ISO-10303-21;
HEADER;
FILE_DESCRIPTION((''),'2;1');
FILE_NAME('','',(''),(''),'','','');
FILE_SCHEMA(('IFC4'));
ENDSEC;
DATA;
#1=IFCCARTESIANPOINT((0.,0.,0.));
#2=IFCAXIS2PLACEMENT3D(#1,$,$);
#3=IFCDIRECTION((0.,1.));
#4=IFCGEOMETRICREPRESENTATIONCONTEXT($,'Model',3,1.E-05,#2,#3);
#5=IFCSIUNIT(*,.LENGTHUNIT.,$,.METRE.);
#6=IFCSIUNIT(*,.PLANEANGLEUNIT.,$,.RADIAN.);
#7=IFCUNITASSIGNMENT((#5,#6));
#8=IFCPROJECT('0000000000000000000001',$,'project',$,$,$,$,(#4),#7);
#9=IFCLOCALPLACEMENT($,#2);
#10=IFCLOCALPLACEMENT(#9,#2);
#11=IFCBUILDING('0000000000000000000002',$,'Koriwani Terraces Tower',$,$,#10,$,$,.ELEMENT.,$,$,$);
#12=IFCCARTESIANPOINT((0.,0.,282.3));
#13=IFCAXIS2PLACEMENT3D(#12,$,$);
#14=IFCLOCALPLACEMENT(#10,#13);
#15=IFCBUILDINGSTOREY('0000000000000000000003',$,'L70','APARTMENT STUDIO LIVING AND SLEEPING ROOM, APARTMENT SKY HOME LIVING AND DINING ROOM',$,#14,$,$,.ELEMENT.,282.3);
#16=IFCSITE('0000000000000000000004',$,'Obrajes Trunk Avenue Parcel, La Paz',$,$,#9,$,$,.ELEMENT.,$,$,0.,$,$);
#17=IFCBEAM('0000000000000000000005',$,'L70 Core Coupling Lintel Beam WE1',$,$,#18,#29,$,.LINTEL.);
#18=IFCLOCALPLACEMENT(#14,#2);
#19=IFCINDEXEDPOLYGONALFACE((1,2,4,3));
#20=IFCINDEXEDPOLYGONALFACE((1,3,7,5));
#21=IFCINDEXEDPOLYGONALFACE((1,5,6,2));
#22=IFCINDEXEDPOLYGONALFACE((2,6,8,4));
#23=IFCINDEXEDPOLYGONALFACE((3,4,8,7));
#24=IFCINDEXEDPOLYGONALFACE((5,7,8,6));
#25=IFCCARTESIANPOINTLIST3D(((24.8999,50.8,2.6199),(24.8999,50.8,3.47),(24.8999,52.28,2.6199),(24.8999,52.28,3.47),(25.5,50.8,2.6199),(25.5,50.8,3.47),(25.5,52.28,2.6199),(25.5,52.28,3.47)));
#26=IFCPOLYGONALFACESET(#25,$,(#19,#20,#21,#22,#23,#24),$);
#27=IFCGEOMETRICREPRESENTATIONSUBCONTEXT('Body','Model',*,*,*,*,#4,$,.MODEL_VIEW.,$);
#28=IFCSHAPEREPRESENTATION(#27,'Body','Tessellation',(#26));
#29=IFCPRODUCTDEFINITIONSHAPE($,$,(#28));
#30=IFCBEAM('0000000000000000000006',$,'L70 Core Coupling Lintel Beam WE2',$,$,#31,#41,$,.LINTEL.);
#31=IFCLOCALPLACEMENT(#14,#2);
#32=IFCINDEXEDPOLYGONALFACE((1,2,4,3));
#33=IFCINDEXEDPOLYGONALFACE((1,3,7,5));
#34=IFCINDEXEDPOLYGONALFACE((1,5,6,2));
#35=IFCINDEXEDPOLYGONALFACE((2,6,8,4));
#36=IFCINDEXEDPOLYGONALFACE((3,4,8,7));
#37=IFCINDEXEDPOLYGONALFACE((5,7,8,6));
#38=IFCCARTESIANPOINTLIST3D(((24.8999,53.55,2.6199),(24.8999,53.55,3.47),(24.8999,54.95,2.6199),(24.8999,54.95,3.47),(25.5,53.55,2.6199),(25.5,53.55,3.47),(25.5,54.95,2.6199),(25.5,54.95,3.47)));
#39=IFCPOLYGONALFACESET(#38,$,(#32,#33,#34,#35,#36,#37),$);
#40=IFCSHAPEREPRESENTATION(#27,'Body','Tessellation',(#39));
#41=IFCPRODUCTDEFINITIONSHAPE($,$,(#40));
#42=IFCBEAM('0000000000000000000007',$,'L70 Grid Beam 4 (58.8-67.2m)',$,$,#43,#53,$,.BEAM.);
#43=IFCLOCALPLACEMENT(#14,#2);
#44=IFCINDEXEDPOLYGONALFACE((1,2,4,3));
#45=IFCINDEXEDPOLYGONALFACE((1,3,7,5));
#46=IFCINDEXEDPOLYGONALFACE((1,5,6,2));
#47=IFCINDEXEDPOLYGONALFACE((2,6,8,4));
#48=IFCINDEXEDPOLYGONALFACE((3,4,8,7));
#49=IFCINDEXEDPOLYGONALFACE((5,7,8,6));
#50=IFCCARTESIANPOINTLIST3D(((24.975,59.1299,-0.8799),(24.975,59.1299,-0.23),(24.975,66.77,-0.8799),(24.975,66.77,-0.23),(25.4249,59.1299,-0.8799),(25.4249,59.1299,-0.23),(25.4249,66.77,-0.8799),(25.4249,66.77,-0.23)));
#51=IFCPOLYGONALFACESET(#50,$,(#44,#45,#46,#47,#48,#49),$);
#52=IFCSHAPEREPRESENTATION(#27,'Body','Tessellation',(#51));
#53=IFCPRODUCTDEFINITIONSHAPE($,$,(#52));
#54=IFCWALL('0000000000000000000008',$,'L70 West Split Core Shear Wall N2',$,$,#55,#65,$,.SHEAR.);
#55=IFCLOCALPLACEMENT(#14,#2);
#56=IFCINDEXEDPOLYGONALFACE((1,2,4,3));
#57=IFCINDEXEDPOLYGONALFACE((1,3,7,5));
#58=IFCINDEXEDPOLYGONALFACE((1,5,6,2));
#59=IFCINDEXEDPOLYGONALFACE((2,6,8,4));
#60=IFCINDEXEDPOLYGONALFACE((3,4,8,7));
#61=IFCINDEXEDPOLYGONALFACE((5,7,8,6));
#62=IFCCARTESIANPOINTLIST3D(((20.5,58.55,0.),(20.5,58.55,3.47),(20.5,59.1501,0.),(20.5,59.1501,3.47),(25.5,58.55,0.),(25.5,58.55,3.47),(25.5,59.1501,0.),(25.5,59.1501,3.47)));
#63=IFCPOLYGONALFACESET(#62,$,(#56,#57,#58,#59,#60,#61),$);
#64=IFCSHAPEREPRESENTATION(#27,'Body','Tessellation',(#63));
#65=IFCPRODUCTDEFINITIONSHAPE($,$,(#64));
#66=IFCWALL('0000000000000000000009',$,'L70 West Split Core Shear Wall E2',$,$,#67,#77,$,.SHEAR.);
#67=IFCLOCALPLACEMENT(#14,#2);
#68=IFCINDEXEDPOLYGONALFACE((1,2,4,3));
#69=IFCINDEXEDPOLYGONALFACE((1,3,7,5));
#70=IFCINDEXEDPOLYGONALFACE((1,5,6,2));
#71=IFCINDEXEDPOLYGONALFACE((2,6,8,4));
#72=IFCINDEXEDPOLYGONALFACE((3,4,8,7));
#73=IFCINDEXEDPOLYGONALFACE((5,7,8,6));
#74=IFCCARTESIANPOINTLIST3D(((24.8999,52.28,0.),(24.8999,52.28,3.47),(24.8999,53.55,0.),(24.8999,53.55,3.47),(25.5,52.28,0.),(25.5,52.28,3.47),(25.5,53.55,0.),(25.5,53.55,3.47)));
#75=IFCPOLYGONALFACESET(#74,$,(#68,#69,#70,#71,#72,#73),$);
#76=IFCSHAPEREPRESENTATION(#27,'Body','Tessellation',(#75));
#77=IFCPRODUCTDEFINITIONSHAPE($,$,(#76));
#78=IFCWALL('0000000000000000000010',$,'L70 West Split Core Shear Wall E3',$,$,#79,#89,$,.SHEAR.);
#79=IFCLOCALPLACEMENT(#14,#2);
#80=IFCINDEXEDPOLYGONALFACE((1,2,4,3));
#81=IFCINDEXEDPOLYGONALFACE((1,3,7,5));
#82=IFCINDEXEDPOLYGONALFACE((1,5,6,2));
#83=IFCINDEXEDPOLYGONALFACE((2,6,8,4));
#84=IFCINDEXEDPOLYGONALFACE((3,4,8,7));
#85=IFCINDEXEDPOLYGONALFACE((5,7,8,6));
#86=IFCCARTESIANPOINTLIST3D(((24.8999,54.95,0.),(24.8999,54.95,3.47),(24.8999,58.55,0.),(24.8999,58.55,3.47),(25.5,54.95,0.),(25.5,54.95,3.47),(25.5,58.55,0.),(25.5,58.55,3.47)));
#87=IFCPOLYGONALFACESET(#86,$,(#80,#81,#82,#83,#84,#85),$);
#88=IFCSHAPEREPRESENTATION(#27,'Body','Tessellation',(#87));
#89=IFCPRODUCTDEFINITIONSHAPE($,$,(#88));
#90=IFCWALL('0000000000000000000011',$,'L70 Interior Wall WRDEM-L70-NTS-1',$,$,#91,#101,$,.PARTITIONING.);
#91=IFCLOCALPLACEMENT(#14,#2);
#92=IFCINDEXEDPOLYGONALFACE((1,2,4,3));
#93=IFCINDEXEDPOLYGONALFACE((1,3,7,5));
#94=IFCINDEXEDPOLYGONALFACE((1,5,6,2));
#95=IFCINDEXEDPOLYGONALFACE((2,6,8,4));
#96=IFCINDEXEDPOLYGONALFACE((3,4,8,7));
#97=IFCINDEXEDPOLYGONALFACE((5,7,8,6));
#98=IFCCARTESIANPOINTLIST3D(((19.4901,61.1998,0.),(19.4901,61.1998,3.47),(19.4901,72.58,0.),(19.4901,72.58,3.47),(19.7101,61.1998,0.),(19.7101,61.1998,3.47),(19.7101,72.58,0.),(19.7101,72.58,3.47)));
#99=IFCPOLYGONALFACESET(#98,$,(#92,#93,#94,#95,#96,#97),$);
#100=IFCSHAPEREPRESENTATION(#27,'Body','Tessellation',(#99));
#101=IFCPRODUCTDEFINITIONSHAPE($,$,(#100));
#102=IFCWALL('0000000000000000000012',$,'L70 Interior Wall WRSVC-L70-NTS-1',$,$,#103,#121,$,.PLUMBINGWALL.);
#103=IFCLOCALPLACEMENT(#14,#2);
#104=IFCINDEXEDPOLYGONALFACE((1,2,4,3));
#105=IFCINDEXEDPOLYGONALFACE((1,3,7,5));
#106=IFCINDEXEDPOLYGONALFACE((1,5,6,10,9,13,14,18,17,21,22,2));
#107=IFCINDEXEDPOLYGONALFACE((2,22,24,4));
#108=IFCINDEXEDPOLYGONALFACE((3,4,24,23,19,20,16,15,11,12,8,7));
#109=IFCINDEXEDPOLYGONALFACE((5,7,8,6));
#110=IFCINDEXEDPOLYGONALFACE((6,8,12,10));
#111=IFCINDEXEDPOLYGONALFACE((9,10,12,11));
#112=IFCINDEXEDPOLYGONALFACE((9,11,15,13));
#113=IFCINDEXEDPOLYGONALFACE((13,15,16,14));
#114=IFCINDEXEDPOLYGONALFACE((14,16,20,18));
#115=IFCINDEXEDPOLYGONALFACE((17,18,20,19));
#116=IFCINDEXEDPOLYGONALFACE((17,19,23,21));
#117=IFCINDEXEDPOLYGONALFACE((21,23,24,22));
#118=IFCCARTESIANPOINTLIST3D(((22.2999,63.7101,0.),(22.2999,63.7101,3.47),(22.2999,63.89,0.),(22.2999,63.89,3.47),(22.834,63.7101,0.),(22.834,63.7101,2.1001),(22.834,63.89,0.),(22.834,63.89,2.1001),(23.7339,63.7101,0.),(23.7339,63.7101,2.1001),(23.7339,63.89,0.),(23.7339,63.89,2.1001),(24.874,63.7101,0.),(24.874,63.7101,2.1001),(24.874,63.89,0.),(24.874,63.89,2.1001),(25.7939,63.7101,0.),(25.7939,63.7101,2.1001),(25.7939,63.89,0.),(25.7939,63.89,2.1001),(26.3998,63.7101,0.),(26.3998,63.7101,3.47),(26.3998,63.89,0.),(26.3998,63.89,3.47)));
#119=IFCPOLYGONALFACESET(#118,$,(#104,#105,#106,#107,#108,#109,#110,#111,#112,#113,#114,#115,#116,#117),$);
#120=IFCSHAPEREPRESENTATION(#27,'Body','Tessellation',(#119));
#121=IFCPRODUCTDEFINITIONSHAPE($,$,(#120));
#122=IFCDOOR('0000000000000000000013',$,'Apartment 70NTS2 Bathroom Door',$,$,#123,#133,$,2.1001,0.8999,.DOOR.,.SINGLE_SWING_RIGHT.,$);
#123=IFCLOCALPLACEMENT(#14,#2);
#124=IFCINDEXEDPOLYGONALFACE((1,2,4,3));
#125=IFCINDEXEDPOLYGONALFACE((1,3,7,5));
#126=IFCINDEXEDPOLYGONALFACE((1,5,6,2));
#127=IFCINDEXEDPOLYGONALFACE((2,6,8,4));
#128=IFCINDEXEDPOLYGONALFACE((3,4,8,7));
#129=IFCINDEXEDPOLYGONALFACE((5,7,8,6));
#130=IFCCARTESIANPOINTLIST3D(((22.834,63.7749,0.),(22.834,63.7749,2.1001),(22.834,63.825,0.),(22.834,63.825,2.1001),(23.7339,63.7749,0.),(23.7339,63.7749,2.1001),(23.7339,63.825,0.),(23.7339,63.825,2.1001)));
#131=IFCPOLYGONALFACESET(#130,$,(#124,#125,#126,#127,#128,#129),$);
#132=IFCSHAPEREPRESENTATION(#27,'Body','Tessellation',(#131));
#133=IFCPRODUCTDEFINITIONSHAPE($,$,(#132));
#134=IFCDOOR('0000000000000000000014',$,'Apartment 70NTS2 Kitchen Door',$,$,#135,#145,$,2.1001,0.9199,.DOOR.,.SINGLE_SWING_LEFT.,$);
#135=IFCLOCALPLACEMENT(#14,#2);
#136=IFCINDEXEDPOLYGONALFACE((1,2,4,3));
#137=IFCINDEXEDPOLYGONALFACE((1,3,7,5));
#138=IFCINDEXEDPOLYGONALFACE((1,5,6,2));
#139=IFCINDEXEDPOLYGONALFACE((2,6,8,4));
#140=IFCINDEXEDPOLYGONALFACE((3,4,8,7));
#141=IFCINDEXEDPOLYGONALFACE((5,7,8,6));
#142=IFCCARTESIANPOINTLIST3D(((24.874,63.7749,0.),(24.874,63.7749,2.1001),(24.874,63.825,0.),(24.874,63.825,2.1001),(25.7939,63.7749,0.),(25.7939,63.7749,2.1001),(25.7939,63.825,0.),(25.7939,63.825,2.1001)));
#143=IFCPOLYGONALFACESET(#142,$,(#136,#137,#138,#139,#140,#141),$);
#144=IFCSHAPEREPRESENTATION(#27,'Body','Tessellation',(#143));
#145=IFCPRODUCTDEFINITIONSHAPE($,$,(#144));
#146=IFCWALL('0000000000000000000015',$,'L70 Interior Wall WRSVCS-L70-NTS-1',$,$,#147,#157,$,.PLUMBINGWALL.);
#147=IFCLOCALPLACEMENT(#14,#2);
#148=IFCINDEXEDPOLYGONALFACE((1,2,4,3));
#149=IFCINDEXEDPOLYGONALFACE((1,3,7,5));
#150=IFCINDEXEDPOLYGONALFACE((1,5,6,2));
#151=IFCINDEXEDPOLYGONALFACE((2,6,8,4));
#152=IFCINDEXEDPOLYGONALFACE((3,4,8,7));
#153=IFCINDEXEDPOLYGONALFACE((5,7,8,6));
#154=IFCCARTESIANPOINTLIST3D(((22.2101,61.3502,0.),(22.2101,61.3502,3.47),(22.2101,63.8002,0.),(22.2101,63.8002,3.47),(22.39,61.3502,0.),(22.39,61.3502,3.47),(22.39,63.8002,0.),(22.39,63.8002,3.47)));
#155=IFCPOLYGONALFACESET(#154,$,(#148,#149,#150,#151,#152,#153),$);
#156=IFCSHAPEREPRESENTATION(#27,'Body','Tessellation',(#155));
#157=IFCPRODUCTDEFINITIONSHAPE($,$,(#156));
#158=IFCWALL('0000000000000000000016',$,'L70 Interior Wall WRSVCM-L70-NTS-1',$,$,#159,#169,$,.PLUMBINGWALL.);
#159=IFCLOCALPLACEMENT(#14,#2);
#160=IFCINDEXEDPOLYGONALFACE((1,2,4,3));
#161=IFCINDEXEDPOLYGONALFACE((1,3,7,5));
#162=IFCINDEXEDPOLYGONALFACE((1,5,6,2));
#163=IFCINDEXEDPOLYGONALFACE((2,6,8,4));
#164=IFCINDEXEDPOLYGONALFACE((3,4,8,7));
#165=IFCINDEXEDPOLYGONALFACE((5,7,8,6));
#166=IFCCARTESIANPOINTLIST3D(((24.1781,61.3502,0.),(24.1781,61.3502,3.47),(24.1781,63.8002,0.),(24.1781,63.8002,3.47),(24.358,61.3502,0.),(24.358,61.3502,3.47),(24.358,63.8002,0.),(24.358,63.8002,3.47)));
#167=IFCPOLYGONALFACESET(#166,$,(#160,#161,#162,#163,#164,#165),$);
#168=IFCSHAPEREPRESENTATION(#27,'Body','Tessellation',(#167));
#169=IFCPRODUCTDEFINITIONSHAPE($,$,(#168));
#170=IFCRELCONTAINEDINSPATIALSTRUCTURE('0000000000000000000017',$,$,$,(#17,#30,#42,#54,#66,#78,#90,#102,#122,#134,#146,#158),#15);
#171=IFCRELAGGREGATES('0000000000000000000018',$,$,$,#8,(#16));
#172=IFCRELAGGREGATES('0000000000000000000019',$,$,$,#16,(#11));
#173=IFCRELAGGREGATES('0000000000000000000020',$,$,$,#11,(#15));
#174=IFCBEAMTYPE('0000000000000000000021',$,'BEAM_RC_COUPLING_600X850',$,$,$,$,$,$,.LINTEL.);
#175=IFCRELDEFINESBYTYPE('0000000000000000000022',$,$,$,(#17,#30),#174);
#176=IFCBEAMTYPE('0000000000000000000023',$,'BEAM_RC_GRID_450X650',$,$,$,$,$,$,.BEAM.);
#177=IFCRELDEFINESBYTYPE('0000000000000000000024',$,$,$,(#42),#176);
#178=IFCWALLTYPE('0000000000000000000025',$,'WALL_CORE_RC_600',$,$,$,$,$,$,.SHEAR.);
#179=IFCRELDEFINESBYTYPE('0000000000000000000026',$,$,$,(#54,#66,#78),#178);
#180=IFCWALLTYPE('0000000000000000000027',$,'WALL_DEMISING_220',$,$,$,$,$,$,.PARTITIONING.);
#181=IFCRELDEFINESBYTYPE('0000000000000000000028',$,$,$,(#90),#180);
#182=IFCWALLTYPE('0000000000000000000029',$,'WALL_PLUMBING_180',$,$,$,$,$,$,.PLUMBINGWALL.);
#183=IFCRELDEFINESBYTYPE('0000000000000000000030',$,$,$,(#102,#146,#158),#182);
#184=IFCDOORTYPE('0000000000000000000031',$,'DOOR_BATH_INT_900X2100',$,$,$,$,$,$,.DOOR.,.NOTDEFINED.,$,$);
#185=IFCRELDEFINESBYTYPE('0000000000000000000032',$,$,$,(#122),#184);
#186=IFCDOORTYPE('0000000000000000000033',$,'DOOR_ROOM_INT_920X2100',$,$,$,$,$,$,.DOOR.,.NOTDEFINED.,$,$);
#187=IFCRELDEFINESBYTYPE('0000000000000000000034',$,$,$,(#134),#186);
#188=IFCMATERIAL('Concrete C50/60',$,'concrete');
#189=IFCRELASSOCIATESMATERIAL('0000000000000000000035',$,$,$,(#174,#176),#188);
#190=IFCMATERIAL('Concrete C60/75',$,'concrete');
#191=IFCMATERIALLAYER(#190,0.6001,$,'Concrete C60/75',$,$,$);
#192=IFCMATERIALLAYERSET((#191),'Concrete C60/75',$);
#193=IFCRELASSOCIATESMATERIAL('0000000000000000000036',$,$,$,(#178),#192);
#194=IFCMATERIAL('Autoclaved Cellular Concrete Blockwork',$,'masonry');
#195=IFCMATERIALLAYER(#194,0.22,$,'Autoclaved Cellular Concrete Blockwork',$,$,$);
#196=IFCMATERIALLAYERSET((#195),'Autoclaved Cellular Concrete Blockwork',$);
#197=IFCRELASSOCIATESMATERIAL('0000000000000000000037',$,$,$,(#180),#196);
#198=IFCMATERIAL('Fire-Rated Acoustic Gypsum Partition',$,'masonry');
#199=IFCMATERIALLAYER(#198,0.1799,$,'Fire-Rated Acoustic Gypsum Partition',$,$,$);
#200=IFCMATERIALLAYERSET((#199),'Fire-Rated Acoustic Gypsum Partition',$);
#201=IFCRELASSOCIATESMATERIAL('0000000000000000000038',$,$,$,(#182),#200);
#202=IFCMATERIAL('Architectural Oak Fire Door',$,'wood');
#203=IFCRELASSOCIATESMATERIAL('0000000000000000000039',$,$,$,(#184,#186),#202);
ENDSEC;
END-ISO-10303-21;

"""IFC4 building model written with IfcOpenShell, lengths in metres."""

from ifc_helpers import new_model, si_unit, direction, frame, frame_2d, origin, origin_2d, place, context, subcontext, project, spatial, rectangle, extrude, material, layer, layer_set, material_profile, profile_set, type_object, element, fill, save


model = new_model("IFC4")

# Units and contexts
model_context = context("Model", 3, precision=1e-05, world=origin(), true_north=direction((0.0, 1.0)))
body_context = subcontext(model_context, "Body", "Model", "MODEL_VIEW")
ifc_project = project(units=[si_unit("LENGTHUNIT", "METRE"), si_unit("PLANEANGLEUNIT", "RADIAN")], contexts=[model_context])

# Site, building, storey
site_placement = place(None, origin())
site = spatial("IfcSite", under=ifc_project, at=site_placement, Name="Obrajes Trunk Avenue Parcel, La Paz", CompositionType="ELEMENT", RefElevation=0.0)
building_placement = place(site_placement, origin())
building = spatial("IfcBuilding", under=site, at=building_placement, Name="Koriwani Terraces Tower", CompositionType="ELEMENT")
storey_placement = place(building_placement, frame((0.0, 0.0, 282.3)))
storey = spatial("IfcBuildingStorey", under=building, at=storey_placement, Name="L70", Description="APARTMENT STUDIO LIVING AND SLEEPING ROOM, APARTMENT SKY HOME LIVING AND DINING ROOM", CompositionType="ELEMENT", Elevation=282.3)

# Beams
ifc_material_1 = material(Name="Concrete C50/60", Category="concrete")
ifc_material_profile_1 = material_profile(ifc_material_1, rectangle(XDim=0.6001, YDim=0.8501, at=origin_2d()), Name="Concrete C50/60", Category="LoadBearing")
ifc_profile_set_1 = profile_set([ifc_material_profile_1], Name="Concrete C50/60")
beam_type_1 = type_object("IfcBeamType", Name="BEAM_RC_COUPLING_600X850", PredefinedType="LINTEL", material=ifc_profile_set_1)
beam_1_placement = place(storey_placement, frame((25.2, 50.8, 3.0449), z_axis=(0.0, 1.0, 0.0), x_axis=(-1.0, 0.0, 0.0)))
element("IfcBeam", 1, at=beam_1_placement, inside=storey, type_object=beam_type_1, Name="L70 Core Coupling Lintel Beam WE1", PredefinedType="LINTEL", context=body_context, shape_type="SweptSolid", body=[
    extrude(rectangle(XDim=0.6001, YDim=0.8501, at=origin_2d()), origin(), (0.0, 0.0, 1.0), 1.48),
])
beam_2_placement = place(storey_placement, frame((25.2, 53.55, 3.0449), z_axis=(0.0, 1.0, 0.0), x_axis=(-1.0, 0.0, 0.0)))
element("IfcBeam", 2, at=beam_2_placement, inside=storey, type_object=beam_type_1, Name="L70 Core Coupling Lintel Beam WE2", PredefinedType="LINTEL", context=body_context, shape_type="SweptSolid", body=[
    extrude(rectangle(XDim=0.6001, YDim=0.8501, at=origin_2d()), origin(), (0.0, 0.0, 1.0), 1.3999),
])
ifc_material_profile_2 = material_profile(ifc_material_1, rectangle(XDim=0.45, YDim=0.6499, at=origin_2d()), Name="Concrete C50/60", Category="LoadBearing")
ifc_profile_set_2 = profile_set([ifc_material_profile_2], Name="Concrete C50/60")
beam_type_2 = type_object("IfcBeamType", Name="BEAM_RC_GRID_450X650", PredefinedType="BEAM", material=ifc_profile_set_2)
beam_3_placement = place(storey_placement, frame((25.2, 59.1299, -0.5549), z_axis=(0.0, 1.0, 0.0), x_axis=(-1.0, 0.0, 0.0)))
element("IfcBeam", 3, at=beam_3_placement, inside=storey, type_object=beam_type_2, Name="L70 Grid Beam 4 (58.8-67.2m)", PredefinedType="BEAM", context=body_context, shape_type="SweptSolid", body=[
    extrude(rectangle(XDim=0.45, YDim=0.6499, at=origin_2d()), origin(), (0.0, 0.0, 1.0), 7.6401),
])

# Walls
ifc_material_2 = material(Name="Concrete C60/75", Category="concrete")
ifc_layer_1 = layer(ifc_material_2, 0.6001, Name="Concrete C60/75")
ifc_layer_set_1 = layer_set([ifc_layer_1], Name="Concrete C60/75")
wall_type_1 = type_object("IfcWallType", Name="WALL_CORE_RC_600", PredefinedType="SHEAR", material=ifc_layer_set_1)
wall_1_placement = place(storey_placement, frame((20.5, 58.8501, 0.0), z_axis=(0.0, 0.0, 1.0), x_axis=(1.0, 0.0, 0.0)))
element("IfcWall", 4, at=wall_1_placement, inside=storey, type_object=wall_type_1, Name="L70 West Split Core Shear Wall N2", PredefinedType="SHEAR", context=body_context, shape_type="SweptSolid", body=[
    extrude(rectangle(XDim=5.0, YDim=0.6001, at=frame_2d((2.5, 0.0))), origin(), (0.0, 0.0, 1.0), 3.47),
])
wall_2_placement = place(storey_placement, frame((25.2, 52.28, 0.0), z_axis=(0.0, 0.0, 1.0), x_axis=(0.0, 1.0, 0.0)))
element("IfcWall", 5, at=wall_2_placement, inside=storey, type_object=wall_type_1, Name="L70 West Split Core Shear Wall E2", PredefinedType="SHEAR", context=body_context, shape_type="SweptSolid", body=[
    extrude(rectangle(XDim=1.27, YDim=0.6001, at=frame_2d((0.635, 0.0))), origin(), (0.0, 0.0, 1.0), 3.47),
])
wall_3_placement = place(storey_placement, frame((25.2, 54.95, 0.0), z_axis=(0.0, 0.0, 1.0), x_axis=(0.0, 1.0, 0.0)))
element("IfcWall", 6, at=wall_3_placement, inside=storey, type_object=wall_type_1, Name="L70 West Split Core Shear Wall E3", PredefinedType="SHEAR", context=body_context, shape_type="SweptSolid", body=[
    extrude(rectangle(XDim=3.6001, YDim=0.6001, at=frame_2d((1.8, 0.0))), origin(), (0.0, 0.0, 1.0), 3.47),
])
ifc_material_3 = material(Name="Autoclaved Cellular Concrete Blockwork", Category="masonry")
ifc_layer_2 = layer(ifc_material_3, 0.22, Name="Autoclaved Cellular Concrete Blockwork")
ifc_layer_set_2 = layer_set([ifc_layer_2], Name="Autoclaved Cellular Concrete Blockwork")
wall_type_2 = type_object("IfcWallType", Name="WALL_DEMISING_220", PredefinedType="PARTITIONING", material=ifc_layer_set_2)
wall_4_placement = place(storey_placement, frame((19.6001, 61.2, 0.0), z_axis=(0.0, 0.0, 1.0), x_axis=(0.0, 1.0, 0.0)))
element("IfcWall", 7, at=wall_4_placement, inside=storey, type_object=wall_type_2, Name="L70 Interior Wall WRDEM-L70-NTS-1", PredefinedType="PARTITIONING", context=body_context, shape_type="SweptSolid", body=[
    extrude(rectangle(XDim=11.3801, YDim=0.22, at=frame_2d((5.6899, 0.0))), origin(), (0.0, 0.0, 1.0), 3.47),
])

# Wall, openings, doors
ifc_material_4 = material(Name="Fire-Rated Acoustic Gypsum Partition", Category="masonry")
ifc_layer_3 = layer(ifc_material_4, 0.1799, Name="Fire-Rated Acoustic Gypsum Partition")
ifc_layer_set_3 = layer_set([ifc_layer_3], Name="Fire-Rated Acoustic Gypsum Partition")
wall_type_3 = type_object("IfcWallType", Name="WALL_PLUMBING_180", PredefinedType="PLUMBINGWALL", material=ifc_layer_set_3)
wall_5_placement = place(storey_placement, frame((22.3, 63.8, 0.0), z_axis=(0.0, 0.0, 1.0), x_axis=(1.0, 0.0, 0.0)))
wall_5 = element("IfcWall", 8, at=wall_5_placement, inside=storey, type_object=wall_type_3, Name="L70 Interior Wall WRSVC-L70-NTS-1", PredefinedType="PLUMBINGWALL", context=body_context, shape_type="SweptSolid", body=[
    extrude(rectangle(XDim=4.0999, YDim=0.1799, at=frame_2d((2.0498, 0.0))), origin(), (0.0, 0.0, 1.0), 3.47),
])
opening_1_placement = place(wall_5_placement, frame((0.5339, 0.0, 0.0)))
opening_1 = element("IfcOpeningElement", 9, at=opening_1_placement, cuts=wall_5, PredefinedType="OPENING", context=body_context, shape_type="SweptSolid", body=[
    extrude(rectangle(XDim=0.8999, YDim=2.1001, at=frame_2d((0.45, 1.05))), frame((0.0, 0.1001, 0.0), z_axis=(0.0, -1.0, 0.0), x_axis=(1.0, 0.0, 0.0)), (0.0, 0.0, 1.0), 0.2),
])
opening_2_placement = place(wall_5_placement, frame((2.574, 0.0, 0.0)))
opening_2 = element("IfcOpeningElement", 10, at=opening_2_placement, cuts=wall_5, PredefinedType="OPENING", context=body_context, shape_type="SweptSolid", body=[
    extrude(rectangle(XDim=0.9199, YDim=2.1001, at=frame_2d((0.46, 1.05))), frame((0.0, 0.1001, 0.0), z_axis=(0.0, -1.0, 0.0), x_axis=(1.0, 0.0, 0.0)), (0.0, 0.0, 1.0), 0.2),
])
ifc_material_5 = material(Name="Architectural Oak Fire Door", Category="wood")
door_type_1 = type_object("IfcDoorType", Name="DOOR_BATH_INT_900X2100", OperationType="NOTDEFINED", PredefinedType="DOOR", material=ifc_material_5)
door_1_placement = place(opening_1_placement, origin())
door_1 = element("IfcDoor", 11, at=door_1_placement, inside=storey, type_object=door_type_1, Name="Apartment 70NTS2 Bathroom Door", OperationType="SINGLE_SWING_RIGHT", OverallHeight=2.1001, OverallWidth=0.8999, PredefinedType="DOOR", context=body_context, shape_type="SweptSolid", body=[
    extrude(rectangle(XDim=0.8999, YDim=2.1001, at=frame_2d((0.45, 1.05))), frame((0.0, 0.0249, 0.0), z_axis=(0.0, -1.0, 0.0), x_axis=(1.0, 0.0, 0.0)), (0.0, 0.0, 1.0), 0.05),
])
fill(opening_1, door_1)
door_type_2 = type_object("IfcDoorType", Name="DOOR_ROOM_INT_920X2100", OperationType="NOTDEFINED", PredefinedType="DOOR", material=ifc_material_5)
door_2_placement = place(opening_2_placement, origin())
door_2 = element("IfcDoor", 12, at=door_2_placement, inside=storey, type_object=door_type_2, Name="Apartment 70NTS2 Kitchen Door", OperationType="SINGLE_SWING_LEFT", OverallHeight=2.1001, OverallWidth=0.9199, PredefinedType="DOOR", context=body_context, shape_type="SweptSolid", body=[
    extrude(rectangle(XDim=0.9199, YDim=2.1001, at=frame_2d((0.46, 1.05))), frame((0.0, 0.0249, 0.0), z_axis=(0.0, -1.0, 0.0), x_axis=(1.0, 0.0, 0.0)), (0.0, 0.0, 1.0), 0.05),
])
fill(opening_2, door_2)

# Walls
for number, where, z_axis, x_axis, name in (
    (13, (22.3, 61.3501, 0.0), (0.0, 0.0, 1.0), (0.0, 1.0, 0.0), "L70 Interior Wall WRSVCS-L70-NTS-1"),
    (14, (24.2681, 61.3501, 0.0), (0.0, 0.0, 1.0), (0.0, 1.0, 0.0), "L70 Interior Wall WRSVCM-L70-NTS-1"),
):
    element("IfcWall", number, at=place(storey_placement, frame(where, z_axis=z_axis, x_axis=x_axis)), inside=storey, type_object=wall_type_3, Name=name, PredefinedType="PLUMBINGWALL", context=body_context, shape_type="SweptSolid", body=[
        extrude(rectangle(XDim=2.45, YDim=0.1799, at=frame_2d((1.2251, 0.0))), origin(), (0.0, 0.0, 1.0), 3.47),
    ])

save(model, "model.ifc")
